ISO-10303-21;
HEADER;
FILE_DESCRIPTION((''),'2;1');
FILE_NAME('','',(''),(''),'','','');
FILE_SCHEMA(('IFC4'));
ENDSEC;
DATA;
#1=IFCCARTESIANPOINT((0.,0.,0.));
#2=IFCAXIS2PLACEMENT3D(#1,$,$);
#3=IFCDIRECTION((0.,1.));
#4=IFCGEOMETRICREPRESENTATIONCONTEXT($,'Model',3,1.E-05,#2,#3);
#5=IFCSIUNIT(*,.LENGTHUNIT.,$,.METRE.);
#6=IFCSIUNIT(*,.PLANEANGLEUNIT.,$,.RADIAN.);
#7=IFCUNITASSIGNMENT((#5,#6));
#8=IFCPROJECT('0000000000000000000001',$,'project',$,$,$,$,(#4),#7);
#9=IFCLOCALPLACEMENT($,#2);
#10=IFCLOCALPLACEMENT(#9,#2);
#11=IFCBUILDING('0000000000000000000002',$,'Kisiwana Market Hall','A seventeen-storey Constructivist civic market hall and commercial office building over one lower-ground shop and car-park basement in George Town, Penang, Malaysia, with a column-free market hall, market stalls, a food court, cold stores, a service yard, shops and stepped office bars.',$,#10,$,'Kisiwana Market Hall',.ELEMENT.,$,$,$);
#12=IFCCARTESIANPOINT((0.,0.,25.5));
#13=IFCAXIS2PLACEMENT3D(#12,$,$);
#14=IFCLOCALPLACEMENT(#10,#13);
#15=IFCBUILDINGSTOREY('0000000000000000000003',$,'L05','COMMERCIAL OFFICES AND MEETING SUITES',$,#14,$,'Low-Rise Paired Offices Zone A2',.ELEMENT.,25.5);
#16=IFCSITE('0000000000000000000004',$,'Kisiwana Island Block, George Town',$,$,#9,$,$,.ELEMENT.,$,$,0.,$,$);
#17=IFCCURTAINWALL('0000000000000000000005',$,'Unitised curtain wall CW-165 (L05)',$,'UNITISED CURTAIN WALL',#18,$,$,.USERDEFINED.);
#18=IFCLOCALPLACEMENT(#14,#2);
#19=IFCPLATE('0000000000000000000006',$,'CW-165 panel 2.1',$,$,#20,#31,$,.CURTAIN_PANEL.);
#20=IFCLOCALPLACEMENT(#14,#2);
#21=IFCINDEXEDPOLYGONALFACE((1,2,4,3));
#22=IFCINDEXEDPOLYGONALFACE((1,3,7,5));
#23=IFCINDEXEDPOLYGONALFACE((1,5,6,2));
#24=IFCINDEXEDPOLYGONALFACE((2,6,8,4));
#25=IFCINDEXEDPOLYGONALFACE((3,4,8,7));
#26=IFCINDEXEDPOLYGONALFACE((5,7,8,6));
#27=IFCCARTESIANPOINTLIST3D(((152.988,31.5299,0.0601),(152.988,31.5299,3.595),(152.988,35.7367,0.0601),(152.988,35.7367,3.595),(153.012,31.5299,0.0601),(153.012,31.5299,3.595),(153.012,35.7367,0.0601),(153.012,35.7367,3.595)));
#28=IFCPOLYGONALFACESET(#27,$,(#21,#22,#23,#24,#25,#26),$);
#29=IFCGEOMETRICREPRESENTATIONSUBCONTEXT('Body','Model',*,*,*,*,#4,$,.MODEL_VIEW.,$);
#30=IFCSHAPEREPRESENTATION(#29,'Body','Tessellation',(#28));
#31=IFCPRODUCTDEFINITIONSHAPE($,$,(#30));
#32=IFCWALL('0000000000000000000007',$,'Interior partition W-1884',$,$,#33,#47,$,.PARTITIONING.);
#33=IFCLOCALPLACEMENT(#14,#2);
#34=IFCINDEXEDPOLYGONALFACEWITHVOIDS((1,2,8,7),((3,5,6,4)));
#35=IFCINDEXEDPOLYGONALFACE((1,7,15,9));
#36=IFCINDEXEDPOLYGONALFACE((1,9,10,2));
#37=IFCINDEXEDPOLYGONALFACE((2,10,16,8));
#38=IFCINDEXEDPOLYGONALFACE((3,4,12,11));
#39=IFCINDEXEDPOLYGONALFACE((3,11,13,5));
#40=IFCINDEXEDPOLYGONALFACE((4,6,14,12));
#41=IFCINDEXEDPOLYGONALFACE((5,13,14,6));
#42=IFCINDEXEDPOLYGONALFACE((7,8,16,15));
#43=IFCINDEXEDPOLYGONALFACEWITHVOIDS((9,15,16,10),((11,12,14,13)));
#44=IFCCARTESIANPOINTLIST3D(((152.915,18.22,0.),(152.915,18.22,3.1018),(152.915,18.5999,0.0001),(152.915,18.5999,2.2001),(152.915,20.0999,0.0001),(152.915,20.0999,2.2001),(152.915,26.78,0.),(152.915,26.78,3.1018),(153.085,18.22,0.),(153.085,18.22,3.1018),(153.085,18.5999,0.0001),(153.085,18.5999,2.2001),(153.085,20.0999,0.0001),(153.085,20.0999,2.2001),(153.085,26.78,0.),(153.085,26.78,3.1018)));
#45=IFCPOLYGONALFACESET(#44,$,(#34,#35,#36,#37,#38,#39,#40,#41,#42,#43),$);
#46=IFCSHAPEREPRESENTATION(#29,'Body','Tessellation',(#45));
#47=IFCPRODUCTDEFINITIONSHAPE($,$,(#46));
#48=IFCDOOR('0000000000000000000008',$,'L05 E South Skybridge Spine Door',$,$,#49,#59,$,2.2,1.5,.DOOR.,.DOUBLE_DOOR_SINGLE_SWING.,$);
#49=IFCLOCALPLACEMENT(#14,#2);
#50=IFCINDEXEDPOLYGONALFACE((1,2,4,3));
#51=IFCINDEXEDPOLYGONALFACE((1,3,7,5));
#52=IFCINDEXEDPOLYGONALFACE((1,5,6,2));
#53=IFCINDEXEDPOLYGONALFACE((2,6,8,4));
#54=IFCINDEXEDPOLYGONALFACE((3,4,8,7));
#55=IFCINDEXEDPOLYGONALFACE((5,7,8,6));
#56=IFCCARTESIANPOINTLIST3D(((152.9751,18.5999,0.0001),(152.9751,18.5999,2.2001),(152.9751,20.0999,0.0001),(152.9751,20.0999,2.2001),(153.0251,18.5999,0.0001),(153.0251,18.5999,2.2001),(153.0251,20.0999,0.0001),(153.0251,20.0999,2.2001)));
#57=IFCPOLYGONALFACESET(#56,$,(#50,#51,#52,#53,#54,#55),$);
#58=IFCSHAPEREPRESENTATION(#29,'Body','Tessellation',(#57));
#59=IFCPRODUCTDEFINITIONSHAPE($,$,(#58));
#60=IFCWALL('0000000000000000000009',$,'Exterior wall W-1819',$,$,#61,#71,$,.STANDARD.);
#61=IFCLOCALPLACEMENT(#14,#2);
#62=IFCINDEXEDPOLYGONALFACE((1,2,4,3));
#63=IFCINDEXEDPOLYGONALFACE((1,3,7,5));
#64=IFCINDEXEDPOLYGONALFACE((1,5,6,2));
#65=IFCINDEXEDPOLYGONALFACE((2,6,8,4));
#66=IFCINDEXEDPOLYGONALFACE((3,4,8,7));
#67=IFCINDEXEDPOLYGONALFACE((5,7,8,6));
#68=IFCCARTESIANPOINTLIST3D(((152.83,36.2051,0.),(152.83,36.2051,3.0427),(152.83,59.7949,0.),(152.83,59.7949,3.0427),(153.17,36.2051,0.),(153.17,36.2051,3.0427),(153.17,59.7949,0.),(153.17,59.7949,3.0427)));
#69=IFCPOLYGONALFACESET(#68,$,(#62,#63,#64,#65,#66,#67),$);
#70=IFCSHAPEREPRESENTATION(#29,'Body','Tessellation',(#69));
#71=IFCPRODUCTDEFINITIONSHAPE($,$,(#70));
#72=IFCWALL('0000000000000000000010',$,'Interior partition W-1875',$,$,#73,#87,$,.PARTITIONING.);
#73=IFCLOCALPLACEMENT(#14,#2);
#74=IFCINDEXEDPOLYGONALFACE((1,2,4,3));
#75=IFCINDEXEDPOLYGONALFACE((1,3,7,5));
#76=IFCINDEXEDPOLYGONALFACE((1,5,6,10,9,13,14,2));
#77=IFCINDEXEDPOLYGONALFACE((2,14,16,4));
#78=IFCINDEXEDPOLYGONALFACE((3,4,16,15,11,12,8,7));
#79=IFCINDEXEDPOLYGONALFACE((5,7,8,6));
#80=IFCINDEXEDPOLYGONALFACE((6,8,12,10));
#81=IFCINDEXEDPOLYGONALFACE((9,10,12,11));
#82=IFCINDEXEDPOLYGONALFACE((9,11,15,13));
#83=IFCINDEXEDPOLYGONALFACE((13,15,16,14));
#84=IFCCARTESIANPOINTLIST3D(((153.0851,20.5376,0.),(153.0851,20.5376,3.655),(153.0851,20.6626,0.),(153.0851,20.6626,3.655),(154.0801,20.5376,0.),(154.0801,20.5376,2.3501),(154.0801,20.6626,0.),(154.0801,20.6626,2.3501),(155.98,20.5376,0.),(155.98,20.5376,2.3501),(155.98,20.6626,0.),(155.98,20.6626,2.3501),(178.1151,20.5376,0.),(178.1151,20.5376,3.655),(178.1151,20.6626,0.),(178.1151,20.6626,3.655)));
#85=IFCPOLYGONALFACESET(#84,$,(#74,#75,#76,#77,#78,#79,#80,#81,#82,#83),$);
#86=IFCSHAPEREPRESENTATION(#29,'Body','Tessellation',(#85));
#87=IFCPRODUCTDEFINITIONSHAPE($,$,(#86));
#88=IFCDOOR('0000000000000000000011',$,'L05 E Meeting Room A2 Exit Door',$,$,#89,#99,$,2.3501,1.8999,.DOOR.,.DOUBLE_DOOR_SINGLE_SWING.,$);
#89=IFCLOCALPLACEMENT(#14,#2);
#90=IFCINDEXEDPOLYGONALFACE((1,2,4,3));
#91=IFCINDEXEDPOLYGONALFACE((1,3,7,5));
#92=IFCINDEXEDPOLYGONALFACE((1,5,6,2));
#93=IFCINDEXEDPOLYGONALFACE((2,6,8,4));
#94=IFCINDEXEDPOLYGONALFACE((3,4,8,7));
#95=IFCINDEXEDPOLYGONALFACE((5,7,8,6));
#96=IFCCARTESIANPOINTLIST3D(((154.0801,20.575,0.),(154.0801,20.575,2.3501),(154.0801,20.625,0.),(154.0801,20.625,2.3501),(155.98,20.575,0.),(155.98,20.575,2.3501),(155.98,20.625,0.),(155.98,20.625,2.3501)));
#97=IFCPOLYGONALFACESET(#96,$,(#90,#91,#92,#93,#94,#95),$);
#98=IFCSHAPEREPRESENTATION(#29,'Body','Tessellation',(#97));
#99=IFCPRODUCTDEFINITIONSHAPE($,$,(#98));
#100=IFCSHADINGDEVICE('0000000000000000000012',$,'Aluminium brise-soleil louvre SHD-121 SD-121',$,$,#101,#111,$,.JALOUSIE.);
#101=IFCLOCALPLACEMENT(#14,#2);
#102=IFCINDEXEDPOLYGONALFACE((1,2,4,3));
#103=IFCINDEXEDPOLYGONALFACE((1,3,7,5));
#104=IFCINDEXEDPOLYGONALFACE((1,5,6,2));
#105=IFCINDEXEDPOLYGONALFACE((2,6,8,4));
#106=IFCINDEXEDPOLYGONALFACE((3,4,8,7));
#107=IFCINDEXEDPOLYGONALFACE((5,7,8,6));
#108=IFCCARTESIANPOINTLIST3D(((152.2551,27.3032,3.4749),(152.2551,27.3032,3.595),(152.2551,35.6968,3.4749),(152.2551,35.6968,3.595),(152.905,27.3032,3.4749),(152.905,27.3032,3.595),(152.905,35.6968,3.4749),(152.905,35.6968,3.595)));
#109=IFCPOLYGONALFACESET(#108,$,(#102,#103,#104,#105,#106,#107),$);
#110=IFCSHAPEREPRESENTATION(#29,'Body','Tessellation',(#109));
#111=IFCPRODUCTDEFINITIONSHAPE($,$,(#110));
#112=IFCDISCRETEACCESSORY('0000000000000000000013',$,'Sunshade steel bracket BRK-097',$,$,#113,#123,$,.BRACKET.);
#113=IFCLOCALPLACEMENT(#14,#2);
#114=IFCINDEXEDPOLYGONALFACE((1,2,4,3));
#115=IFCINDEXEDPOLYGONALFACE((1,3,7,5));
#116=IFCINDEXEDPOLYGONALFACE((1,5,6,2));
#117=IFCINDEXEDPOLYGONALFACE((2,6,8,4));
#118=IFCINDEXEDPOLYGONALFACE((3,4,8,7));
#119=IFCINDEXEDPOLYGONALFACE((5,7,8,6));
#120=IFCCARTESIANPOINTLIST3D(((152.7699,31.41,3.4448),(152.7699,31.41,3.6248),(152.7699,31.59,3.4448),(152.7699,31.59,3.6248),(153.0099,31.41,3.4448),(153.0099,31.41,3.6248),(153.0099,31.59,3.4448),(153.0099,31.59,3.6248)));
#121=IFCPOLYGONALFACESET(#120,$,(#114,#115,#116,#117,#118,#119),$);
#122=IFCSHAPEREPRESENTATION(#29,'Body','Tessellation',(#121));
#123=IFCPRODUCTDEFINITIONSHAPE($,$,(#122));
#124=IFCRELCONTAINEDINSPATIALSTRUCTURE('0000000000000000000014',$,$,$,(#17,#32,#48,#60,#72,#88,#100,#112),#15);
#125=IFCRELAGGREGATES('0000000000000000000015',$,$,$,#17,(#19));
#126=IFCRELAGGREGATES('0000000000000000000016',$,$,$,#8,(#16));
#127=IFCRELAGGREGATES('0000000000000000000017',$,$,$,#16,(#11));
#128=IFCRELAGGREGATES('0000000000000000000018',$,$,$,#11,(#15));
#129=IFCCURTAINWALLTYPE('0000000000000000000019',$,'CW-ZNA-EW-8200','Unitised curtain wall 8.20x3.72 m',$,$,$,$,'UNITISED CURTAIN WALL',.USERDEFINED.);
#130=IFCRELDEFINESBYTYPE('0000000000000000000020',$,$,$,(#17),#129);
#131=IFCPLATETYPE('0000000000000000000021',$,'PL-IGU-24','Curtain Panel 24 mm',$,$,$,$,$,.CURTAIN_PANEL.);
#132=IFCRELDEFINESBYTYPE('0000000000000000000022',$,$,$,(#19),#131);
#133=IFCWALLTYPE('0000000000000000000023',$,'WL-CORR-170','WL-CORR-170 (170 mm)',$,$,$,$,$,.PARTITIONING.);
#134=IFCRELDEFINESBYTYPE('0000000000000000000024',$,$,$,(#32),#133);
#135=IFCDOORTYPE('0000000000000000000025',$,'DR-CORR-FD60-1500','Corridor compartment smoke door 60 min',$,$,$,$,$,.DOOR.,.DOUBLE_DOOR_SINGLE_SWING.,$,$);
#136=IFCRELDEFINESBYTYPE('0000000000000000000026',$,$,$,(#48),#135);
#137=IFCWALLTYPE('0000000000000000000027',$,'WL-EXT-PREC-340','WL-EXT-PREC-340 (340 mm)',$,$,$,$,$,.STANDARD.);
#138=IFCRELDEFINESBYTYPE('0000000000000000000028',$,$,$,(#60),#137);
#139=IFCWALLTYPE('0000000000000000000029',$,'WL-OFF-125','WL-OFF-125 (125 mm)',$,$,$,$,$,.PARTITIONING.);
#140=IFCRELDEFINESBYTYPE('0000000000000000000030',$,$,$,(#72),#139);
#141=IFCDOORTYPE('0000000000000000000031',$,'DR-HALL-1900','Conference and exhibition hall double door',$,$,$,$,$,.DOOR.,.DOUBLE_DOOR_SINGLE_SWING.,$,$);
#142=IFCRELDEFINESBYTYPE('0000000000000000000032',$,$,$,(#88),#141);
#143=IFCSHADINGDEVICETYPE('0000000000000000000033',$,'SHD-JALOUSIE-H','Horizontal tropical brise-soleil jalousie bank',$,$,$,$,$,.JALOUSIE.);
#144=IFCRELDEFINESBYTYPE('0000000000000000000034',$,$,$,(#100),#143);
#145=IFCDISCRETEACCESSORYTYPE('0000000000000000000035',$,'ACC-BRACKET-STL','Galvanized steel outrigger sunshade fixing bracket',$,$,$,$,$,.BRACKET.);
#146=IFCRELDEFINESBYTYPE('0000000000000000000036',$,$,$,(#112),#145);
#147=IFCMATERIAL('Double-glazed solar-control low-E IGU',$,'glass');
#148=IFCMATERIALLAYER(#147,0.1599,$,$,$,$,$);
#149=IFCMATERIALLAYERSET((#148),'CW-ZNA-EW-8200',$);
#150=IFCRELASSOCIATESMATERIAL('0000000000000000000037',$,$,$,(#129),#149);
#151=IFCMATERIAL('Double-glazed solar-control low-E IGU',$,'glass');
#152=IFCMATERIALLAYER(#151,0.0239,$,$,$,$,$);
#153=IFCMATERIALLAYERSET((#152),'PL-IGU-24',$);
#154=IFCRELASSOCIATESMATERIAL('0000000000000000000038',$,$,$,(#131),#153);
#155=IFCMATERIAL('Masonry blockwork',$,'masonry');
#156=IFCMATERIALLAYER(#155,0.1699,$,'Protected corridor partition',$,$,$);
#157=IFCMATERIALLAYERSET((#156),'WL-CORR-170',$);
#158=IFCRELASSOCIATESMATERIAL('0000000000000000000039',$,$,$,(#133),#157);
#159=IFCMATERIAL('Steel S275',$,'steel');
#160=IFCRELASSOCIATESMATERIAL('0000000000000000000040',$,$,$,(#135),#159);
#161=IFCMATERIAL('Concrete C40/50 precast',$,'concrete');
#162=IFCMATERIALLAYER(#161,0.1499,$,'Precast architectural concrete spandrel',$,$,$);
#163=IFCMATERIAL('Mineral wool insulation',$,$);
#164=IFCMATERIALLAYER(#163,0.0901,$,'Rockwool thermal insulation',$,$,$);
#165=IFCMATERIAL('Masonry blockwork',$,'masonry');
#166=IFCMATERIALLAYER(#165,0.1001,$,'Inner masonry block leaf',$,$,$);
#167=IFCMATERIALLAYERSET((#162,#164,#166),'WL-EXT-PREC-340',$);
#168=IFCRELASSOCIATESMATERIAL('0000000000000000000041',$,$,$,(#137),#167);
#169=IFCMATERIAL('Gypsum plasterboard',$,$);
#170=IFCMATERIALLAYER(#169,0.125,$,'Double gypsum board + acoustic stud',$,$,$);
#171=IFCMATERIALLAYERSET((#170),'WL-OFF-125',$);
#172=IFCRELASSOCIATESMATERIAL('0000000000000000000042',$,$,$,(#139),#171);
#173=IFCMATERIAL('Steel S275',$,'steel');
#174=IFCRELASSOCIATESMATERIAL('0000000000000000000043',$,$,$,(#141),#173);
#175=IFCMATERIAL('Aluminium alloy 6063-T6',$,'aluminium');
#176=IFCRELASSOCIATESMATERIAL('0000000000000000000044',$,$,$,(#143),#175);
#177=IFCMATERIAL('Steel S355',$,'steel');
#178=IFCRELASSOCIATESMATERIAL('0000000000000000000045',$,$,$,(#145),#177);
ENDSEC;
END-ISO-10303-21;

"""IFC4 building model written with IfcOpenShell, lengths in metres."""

from ifc_helpers import new_model, si_unit, direction, frame, frame_2d, origin, origin_2d, place, context, subcontext, project, spatial, rectangle, extrude, material, layer, layer_set, type_object, element, fill, aggregate, save


model = new_model("IFC4")

# Units and contexts
model_context = context("Model", 3, precision=1e-05, world=origin(), true_north=direction((0.0, 1.0)))
body_context = subcontext(model_context, "Body", "Model", "MODEL_VIEW")
ifc_project = project(units=[si_unit("LENGTHUNIT", "METRE"), si_unit("PLANEANGLEUNIT", "RADIAN")], contexts=[model_context])

# Site, building, storey
site_placement = place(None, origin())
site = spatial("IfcSite", under=ifc_project, at=site_placement, Name="Kisiwana Island Block, George Town", CompositionType="ELEMENT", RefElevation=0.0)
building_placement = place(site_placement, origin())
building = spatial("IfcBuilding", under=site, at=building_placement, Name="Kisiwana Market Hall", Description="A seventeen-storey Constructivist civic market hall and commercial office building over one lower-ground shop and car-park basement in George Town, Penang, Malaysia, with a column-free market hall, market stalls, a food court, cold stores, a service yard, shops and stepped office bars.", LongName="Kisiwana Market Hall", CompositionType="ELEMENT")
storey_placement = place(building_placement, frame((0.0, 0.0, 25.5)))
storey = spatial("IfcBuildingStorey", under=building, at=storey_placement, Name="L05", Description="COMMERCIAL OFFICES AND MEETING SUITES", LongName="Low-Rise Paired Offices Zone A2", CompositionType="ELEMENT", Elevation=25.5)

# Curtain wall
ifc_material_1 = material(Name="Double-glazed solar-control low-E IGU", Category="glass")
ifc_layer_1 = layer(ifc_material_1, 0.1599)
ifc_layer_set_1 = layer_set([ifc_layer_1], Name="CW-ZNA-EW-8200")
curtain_wall_type = type_object("IfcCurtainWallType", Name="CW-ZNA-EW-8200", Description="Unitised curtain wall 8.20x3.72 m", ElementType="UNITISED CURTAIN WALL", PredefinedType="USERDEFINED", material=ifc_layer_set_1)
curtain_wall_1_placement = place(storey_placement, origin())
curtain_wall_1 = element("IfcCurtainWall", 1, at=curtain_wall_1_placement, inside=storey, type_object=curtain_wall_type, Name="Unitised curtain wall CW-165 (L05)", ObjectType="UNITISED CURTAIN WALL", PredefinedType="USERDEFINED")

# Plate
ifc_material_2 = material(Name="Double-glazed solar-control low-E IGU", Category="glass")
ifc_layer_2 = layer(ifc_material_2, 0.0239)
ifc_layer_set_2 = layer_set([ifc_layer_2], Name="PL-IGU-24")
plate_type = type_object("IfcPlateType", Name="PL-IGU-24", Description="Curtain Panel 24 mm", PredefinedType="CURTAIN_PANEL", material=ifc_layer_set_2)
plate_1_placement = place(storey_placement, frame((153.0, 33.6333, 0.0601), z_axis=(0.0, 0.0, 1.0), x_axis=(0.0, 1.0, 0.0)))
plate_1 = element("IfcPlate", 2, at=plate_1_placement, type_object=plate_type, Name="CW-165 panel 2.1", PredefinedType="CURTAIN_PANEL", context=body_context, shape_type="SweptSolid", body=[
    extrude(rectangle(XDim=4.2068, YDim=0.0239, at=origin_2d()), origin(), (0.0, 0.0, 1.0), 3.5349),
])
aggregate(curtain_wall_1, [plate_1])

# Wall, opening, door
ifc_material_3 = material(Name="Masonry blockwork", Category="masonry")
ifc_layer_3 = layer(ifc_material_3, 0.1699, Name="Protected corridor partition")
ifc_layer_set_3 = layer_set([ifc_layer_3], Name="WL-CORR-170")
wall_type_1 = type_object("IfcWallType", Name="WL-CORR-170", Description="WL-CORR-170 (170 mm)", PredefinedType="PARTITIONING", material=ifc_layer_set_3)
wall_1_placement = place(storey_placement, frame((153.0, 18.22, 0.0), z_axis=(0.0, 0.0, 1.0), x_axis=(0.0, 1.0, 0.0)))
wall_1 = element("IfcWall", 3, at=wall_1_placement, inside=storey, type_object=wall_type_1, Name="Interior partition W-1884", PredefinedType="PARTITIONING", context=body_context, shape_type="SweptSolid", body=[
    extrude(rectangle(XDim=8.5601, YDim=0.1699, at=frame_2d((4.28, 0.0))), origin(), (0.0, 0.0, 1.0), 3.1018),
])
opening_1_placement = place(wall_1_placement, frame((0.3799, 0.0, 0.0)))
opening_1 = element("IfcOpeningElement", 4, at=opening_1_placement, cuts=wall_1, PredefinedType="OPENING", context=body_context, shape_type="SweptSolid", body=[
    extrude(rectangle(XDim=1.5, YDim=2.2, at=frame_2d((0.75, 1.1001))), frame((0.0, 0.0969, 0.0), z_axis=(0.0, -1.0, 0.0), x_axis=(1.0, 0.0, 0.0)), (0.0, 0.0, 1.0), 0.1938),
])
ifc_material_4 = material(Name="Steel S275", Category="steel")
door_type_1 = type_object("IfcDoorType", Name="DR-CORR-FD60-1500", Description="Corridor compartment smoke door 60 min", OperationType="DOUBLE_DOOR_SINGLE_SWING", PredefinedType="DOOR", material=ifc_material_4)
door_1_placement = place(opening_1_placement, origin())
door_1 = element("IfcDoor", 5, at=door_1_placement, inside=storey, type_object=door_type_1, Name="L05 E South Skybridge Spine Door", OperationType="DOUBLE_DOOR_SINGLE_SWING", OverallHeight=2.2, OverallWidth=1.5, PredefinedType="DOOR", context=body_context, shape_type="SweptSolid", body=[
    extrude(rectangle(XDim=1.5, YDim=2.2, at=frame_2d((0.75, 1.1001))), frame((0.0, 0.0249, 0.0), z_axis=(0.0, -1.0, 0.0), x_axis=(1.0, 0.0, 0.0)), (0.0, 0.0, 1.0), 0.05),
])
fill(opening_1, door_1)

# Wall
ifc_material_5 = material(Name="Concrete C40/50 precast", Category="concrete")
ifc_layer_4 = layer(ifc_material_5, 0.1499, Name="Precast architectural concrete spandrel")
ifc_material_6 = material(Name="Mineral wool insulation")
ifc_layer_5 = layer(ifc_material_6, 0.0901, Name="Rockwool thermal insulation")
ifc_material_7 = material(Name="Masonry blockwork", Category="masonry")
ifc_layer_6 = layer(ifc_material_7, 0.1001, Name="Inner masonry block leaf")
ifc_layer_set_4 = layer_set([ifc_layer_4, ifc_layer_5, ifc_layer_6], Name="WL-EXT-PREC-340")
wall_type_2 = type_object("IfcWallType", Name="WL-EXT-PREC-340", Description="WL-EXT-PREC-340 (340 mm)", PredefinedType="STANDARD", material=ifc_layer_set_4)
wall_2_placement = place(storey_placement, frame((153.0, 36.2051, 0.0), z_axis=(0.0, 0.0, 1.0), x_axis=(0.0, 1.0, 0.0)))
element("IfcWall", 6, at=wall_2_placement, inside=storey, type_object=wall_type_2, Name="Exterior wall W-1819", PredefinedType="STANDARD", context=body_context, shape_type="SweptSolid", body=[
    extrude(rectangle(XDim=23.5898, YDim=0.3401, at=frame_2d((11.7949, 0.0))), origin(), (0.0, 0.0, 1.0), 3.0427),
])

# Wall, opening, door
ifc_material_8 = material(Name="Gypsum plasterboard")
ifc_layer_7 = layer(ifc_material_8, 0.125, Name="Double gypsum board + acoustic stud")
ifc_layer_set_5 = layer_set([ifc_layer_7], Name="WL-OFF-125")
wall_type_3 = type_object("IfcWallType", Name="WL-OFF-125", Description="WL-OFF-125 (125 mm)", PredefinedType="PARTITIONING", material=ifc_layer_set_5)
wall_3_placement = place(storey_placement, frame((153.085, 20.6001, 0.0), z_axis=(0.0, 0.0, 1.0), x_axis=(1.0, 0.0, 0.0)))
wall_3 = element("IfcWall", 7, at=wall_3_placement, inside=storey, type_object=wall_type_3, Name="Interior partition W-1875", PredefinedType="PARTITIONING", context=body_context, shape_type="SweptSolid", body=[
    extrude(rectangle(XDim=25.03, YDim=0.125, at=frame_2d((12.5151, 0.0))), origin(), (0.0, 0.0, 1.0), 3.655),
])
opening_2_placement = place(wall_3_placement, frame((0.9951, 0.0, 0.0)))
opening_2 = element("IfcOpeningElement", 8, at=opening_2_placement, cuts=wall_3, PredefinedType="OPENING", context=body_context, shape_type="SweptSolid", body=[
    extrude(rectangle(XDim=1.8999, YDim=2.3501, at=frame_2d((0.95, 1.175))), frame((0.0, 0.0745, 0.0), z_axis=(0.0, -1.0, 0.0), x_axis=(1.0, 0.0, 0.0)), (0.0, 0.0, 1.0), 0.1489),
])
ifc_material_9 = material(Name="Steel S275", Category="steel")
door_type_2 = type_object("IfcDoorType", Name="DR-HALL-1900", Description="Conference and exhibition hall double door", OperationType="DOUBLE_DOOR_SINGLE_SWING", PredefinedType="DOOR", material=ifc_material_9)
door_2_placement = place(opening_2_placement, origin())
door_2 = element("IfcDoor", 9, at=door_2_placement, inside=storey, type_object=door_type_2, Name="L05 E Meeting Room A2 Exit Door", OperationType="DOUBLE_DOOR_SINGLE_SWING", OverallHeight=2.3501, OverallWidth=1.8999, PredefinedType="DOOR", context=body_context, shape_type="SweptSolid", body=[
    extrude(rectangle(XDim=1.8999, YDim=2.3501, at=frame_2d((0.95, 1.175))), frame((0.0, 0.0249, 0.0), z_axis=(0.0, -1.0, 0.0), x_axis=(1.0, 0.0, 0.0)), (0.0, 0.0, 1.0), 0.05),
])
fill(opening_2, door_2)

# Shading device
ifc_material_10 = material(Name="Aluminium alloy 6063-T6", Category="aluminium")
shading_device_type = type_object("IfcShadingDeviceType", Name="SHD-JALOUSIE-H", Description="Horizontal tropical brise-soleil jalousie bank", PredefinedType="JALOUSIE", material=ifc_material_10)
shading_device_placement = place(storey_placement, frame((152.5801, 31.5, 3.4749), z_axis=(0.0, 0.0, 1.0), x_axis=(0.0, 1.0, 0.0)))
element("IfcShadingDevice", 10, at=shading_device_placement, inside=storey, type_object=shading_device_type, Name="Aluminium brise-soleil louvre SHD-121 SD-121", PredefinedType="JALOUSIE", context=body_context, shape_type="SweptSolid", body=[
    extrude(rectangle(XDim=8.3936, YDim=0.6499, at=origin_2d()), origin(), (0.0, 0.0, 1.0), 0.1201),
])

# Discrete accessory
ifc_material_11 = material(Name="Steel S355", Category="steel")
discrete_accessory_type = type_object("IfcDiscreteAccessoryType", Name="ACC-BRACKET-STL", Description="Galvanized steel outrigger sunshade fixing bracket", PredefinedType="BRACKET", material=ifc_material_11)
discrete_accessory_placement = place(storey_placement, frame((152.8899, 31.5, 3.4448), z_axis=(0.0, 0.0, 1.0), x_axis=(0.0, 1.0, 0.0)))
element("IfcDiscreteAccessory", 11, at=discrete_accessory_placement, inside=storey, type_object=discrete_accessory_type, Name="Sunshade steel bracket BRK-097", PredefinedType="BRACKET", context=body_context, shape_type="SweptSolid", body=[
    extrude(rectangle(XDim=0.1799, YDim=0.24, at=origin_2d()), origin(), (0.0, 0.0, 1.0), 0.1799),
])

save(model, "model.ifc")
